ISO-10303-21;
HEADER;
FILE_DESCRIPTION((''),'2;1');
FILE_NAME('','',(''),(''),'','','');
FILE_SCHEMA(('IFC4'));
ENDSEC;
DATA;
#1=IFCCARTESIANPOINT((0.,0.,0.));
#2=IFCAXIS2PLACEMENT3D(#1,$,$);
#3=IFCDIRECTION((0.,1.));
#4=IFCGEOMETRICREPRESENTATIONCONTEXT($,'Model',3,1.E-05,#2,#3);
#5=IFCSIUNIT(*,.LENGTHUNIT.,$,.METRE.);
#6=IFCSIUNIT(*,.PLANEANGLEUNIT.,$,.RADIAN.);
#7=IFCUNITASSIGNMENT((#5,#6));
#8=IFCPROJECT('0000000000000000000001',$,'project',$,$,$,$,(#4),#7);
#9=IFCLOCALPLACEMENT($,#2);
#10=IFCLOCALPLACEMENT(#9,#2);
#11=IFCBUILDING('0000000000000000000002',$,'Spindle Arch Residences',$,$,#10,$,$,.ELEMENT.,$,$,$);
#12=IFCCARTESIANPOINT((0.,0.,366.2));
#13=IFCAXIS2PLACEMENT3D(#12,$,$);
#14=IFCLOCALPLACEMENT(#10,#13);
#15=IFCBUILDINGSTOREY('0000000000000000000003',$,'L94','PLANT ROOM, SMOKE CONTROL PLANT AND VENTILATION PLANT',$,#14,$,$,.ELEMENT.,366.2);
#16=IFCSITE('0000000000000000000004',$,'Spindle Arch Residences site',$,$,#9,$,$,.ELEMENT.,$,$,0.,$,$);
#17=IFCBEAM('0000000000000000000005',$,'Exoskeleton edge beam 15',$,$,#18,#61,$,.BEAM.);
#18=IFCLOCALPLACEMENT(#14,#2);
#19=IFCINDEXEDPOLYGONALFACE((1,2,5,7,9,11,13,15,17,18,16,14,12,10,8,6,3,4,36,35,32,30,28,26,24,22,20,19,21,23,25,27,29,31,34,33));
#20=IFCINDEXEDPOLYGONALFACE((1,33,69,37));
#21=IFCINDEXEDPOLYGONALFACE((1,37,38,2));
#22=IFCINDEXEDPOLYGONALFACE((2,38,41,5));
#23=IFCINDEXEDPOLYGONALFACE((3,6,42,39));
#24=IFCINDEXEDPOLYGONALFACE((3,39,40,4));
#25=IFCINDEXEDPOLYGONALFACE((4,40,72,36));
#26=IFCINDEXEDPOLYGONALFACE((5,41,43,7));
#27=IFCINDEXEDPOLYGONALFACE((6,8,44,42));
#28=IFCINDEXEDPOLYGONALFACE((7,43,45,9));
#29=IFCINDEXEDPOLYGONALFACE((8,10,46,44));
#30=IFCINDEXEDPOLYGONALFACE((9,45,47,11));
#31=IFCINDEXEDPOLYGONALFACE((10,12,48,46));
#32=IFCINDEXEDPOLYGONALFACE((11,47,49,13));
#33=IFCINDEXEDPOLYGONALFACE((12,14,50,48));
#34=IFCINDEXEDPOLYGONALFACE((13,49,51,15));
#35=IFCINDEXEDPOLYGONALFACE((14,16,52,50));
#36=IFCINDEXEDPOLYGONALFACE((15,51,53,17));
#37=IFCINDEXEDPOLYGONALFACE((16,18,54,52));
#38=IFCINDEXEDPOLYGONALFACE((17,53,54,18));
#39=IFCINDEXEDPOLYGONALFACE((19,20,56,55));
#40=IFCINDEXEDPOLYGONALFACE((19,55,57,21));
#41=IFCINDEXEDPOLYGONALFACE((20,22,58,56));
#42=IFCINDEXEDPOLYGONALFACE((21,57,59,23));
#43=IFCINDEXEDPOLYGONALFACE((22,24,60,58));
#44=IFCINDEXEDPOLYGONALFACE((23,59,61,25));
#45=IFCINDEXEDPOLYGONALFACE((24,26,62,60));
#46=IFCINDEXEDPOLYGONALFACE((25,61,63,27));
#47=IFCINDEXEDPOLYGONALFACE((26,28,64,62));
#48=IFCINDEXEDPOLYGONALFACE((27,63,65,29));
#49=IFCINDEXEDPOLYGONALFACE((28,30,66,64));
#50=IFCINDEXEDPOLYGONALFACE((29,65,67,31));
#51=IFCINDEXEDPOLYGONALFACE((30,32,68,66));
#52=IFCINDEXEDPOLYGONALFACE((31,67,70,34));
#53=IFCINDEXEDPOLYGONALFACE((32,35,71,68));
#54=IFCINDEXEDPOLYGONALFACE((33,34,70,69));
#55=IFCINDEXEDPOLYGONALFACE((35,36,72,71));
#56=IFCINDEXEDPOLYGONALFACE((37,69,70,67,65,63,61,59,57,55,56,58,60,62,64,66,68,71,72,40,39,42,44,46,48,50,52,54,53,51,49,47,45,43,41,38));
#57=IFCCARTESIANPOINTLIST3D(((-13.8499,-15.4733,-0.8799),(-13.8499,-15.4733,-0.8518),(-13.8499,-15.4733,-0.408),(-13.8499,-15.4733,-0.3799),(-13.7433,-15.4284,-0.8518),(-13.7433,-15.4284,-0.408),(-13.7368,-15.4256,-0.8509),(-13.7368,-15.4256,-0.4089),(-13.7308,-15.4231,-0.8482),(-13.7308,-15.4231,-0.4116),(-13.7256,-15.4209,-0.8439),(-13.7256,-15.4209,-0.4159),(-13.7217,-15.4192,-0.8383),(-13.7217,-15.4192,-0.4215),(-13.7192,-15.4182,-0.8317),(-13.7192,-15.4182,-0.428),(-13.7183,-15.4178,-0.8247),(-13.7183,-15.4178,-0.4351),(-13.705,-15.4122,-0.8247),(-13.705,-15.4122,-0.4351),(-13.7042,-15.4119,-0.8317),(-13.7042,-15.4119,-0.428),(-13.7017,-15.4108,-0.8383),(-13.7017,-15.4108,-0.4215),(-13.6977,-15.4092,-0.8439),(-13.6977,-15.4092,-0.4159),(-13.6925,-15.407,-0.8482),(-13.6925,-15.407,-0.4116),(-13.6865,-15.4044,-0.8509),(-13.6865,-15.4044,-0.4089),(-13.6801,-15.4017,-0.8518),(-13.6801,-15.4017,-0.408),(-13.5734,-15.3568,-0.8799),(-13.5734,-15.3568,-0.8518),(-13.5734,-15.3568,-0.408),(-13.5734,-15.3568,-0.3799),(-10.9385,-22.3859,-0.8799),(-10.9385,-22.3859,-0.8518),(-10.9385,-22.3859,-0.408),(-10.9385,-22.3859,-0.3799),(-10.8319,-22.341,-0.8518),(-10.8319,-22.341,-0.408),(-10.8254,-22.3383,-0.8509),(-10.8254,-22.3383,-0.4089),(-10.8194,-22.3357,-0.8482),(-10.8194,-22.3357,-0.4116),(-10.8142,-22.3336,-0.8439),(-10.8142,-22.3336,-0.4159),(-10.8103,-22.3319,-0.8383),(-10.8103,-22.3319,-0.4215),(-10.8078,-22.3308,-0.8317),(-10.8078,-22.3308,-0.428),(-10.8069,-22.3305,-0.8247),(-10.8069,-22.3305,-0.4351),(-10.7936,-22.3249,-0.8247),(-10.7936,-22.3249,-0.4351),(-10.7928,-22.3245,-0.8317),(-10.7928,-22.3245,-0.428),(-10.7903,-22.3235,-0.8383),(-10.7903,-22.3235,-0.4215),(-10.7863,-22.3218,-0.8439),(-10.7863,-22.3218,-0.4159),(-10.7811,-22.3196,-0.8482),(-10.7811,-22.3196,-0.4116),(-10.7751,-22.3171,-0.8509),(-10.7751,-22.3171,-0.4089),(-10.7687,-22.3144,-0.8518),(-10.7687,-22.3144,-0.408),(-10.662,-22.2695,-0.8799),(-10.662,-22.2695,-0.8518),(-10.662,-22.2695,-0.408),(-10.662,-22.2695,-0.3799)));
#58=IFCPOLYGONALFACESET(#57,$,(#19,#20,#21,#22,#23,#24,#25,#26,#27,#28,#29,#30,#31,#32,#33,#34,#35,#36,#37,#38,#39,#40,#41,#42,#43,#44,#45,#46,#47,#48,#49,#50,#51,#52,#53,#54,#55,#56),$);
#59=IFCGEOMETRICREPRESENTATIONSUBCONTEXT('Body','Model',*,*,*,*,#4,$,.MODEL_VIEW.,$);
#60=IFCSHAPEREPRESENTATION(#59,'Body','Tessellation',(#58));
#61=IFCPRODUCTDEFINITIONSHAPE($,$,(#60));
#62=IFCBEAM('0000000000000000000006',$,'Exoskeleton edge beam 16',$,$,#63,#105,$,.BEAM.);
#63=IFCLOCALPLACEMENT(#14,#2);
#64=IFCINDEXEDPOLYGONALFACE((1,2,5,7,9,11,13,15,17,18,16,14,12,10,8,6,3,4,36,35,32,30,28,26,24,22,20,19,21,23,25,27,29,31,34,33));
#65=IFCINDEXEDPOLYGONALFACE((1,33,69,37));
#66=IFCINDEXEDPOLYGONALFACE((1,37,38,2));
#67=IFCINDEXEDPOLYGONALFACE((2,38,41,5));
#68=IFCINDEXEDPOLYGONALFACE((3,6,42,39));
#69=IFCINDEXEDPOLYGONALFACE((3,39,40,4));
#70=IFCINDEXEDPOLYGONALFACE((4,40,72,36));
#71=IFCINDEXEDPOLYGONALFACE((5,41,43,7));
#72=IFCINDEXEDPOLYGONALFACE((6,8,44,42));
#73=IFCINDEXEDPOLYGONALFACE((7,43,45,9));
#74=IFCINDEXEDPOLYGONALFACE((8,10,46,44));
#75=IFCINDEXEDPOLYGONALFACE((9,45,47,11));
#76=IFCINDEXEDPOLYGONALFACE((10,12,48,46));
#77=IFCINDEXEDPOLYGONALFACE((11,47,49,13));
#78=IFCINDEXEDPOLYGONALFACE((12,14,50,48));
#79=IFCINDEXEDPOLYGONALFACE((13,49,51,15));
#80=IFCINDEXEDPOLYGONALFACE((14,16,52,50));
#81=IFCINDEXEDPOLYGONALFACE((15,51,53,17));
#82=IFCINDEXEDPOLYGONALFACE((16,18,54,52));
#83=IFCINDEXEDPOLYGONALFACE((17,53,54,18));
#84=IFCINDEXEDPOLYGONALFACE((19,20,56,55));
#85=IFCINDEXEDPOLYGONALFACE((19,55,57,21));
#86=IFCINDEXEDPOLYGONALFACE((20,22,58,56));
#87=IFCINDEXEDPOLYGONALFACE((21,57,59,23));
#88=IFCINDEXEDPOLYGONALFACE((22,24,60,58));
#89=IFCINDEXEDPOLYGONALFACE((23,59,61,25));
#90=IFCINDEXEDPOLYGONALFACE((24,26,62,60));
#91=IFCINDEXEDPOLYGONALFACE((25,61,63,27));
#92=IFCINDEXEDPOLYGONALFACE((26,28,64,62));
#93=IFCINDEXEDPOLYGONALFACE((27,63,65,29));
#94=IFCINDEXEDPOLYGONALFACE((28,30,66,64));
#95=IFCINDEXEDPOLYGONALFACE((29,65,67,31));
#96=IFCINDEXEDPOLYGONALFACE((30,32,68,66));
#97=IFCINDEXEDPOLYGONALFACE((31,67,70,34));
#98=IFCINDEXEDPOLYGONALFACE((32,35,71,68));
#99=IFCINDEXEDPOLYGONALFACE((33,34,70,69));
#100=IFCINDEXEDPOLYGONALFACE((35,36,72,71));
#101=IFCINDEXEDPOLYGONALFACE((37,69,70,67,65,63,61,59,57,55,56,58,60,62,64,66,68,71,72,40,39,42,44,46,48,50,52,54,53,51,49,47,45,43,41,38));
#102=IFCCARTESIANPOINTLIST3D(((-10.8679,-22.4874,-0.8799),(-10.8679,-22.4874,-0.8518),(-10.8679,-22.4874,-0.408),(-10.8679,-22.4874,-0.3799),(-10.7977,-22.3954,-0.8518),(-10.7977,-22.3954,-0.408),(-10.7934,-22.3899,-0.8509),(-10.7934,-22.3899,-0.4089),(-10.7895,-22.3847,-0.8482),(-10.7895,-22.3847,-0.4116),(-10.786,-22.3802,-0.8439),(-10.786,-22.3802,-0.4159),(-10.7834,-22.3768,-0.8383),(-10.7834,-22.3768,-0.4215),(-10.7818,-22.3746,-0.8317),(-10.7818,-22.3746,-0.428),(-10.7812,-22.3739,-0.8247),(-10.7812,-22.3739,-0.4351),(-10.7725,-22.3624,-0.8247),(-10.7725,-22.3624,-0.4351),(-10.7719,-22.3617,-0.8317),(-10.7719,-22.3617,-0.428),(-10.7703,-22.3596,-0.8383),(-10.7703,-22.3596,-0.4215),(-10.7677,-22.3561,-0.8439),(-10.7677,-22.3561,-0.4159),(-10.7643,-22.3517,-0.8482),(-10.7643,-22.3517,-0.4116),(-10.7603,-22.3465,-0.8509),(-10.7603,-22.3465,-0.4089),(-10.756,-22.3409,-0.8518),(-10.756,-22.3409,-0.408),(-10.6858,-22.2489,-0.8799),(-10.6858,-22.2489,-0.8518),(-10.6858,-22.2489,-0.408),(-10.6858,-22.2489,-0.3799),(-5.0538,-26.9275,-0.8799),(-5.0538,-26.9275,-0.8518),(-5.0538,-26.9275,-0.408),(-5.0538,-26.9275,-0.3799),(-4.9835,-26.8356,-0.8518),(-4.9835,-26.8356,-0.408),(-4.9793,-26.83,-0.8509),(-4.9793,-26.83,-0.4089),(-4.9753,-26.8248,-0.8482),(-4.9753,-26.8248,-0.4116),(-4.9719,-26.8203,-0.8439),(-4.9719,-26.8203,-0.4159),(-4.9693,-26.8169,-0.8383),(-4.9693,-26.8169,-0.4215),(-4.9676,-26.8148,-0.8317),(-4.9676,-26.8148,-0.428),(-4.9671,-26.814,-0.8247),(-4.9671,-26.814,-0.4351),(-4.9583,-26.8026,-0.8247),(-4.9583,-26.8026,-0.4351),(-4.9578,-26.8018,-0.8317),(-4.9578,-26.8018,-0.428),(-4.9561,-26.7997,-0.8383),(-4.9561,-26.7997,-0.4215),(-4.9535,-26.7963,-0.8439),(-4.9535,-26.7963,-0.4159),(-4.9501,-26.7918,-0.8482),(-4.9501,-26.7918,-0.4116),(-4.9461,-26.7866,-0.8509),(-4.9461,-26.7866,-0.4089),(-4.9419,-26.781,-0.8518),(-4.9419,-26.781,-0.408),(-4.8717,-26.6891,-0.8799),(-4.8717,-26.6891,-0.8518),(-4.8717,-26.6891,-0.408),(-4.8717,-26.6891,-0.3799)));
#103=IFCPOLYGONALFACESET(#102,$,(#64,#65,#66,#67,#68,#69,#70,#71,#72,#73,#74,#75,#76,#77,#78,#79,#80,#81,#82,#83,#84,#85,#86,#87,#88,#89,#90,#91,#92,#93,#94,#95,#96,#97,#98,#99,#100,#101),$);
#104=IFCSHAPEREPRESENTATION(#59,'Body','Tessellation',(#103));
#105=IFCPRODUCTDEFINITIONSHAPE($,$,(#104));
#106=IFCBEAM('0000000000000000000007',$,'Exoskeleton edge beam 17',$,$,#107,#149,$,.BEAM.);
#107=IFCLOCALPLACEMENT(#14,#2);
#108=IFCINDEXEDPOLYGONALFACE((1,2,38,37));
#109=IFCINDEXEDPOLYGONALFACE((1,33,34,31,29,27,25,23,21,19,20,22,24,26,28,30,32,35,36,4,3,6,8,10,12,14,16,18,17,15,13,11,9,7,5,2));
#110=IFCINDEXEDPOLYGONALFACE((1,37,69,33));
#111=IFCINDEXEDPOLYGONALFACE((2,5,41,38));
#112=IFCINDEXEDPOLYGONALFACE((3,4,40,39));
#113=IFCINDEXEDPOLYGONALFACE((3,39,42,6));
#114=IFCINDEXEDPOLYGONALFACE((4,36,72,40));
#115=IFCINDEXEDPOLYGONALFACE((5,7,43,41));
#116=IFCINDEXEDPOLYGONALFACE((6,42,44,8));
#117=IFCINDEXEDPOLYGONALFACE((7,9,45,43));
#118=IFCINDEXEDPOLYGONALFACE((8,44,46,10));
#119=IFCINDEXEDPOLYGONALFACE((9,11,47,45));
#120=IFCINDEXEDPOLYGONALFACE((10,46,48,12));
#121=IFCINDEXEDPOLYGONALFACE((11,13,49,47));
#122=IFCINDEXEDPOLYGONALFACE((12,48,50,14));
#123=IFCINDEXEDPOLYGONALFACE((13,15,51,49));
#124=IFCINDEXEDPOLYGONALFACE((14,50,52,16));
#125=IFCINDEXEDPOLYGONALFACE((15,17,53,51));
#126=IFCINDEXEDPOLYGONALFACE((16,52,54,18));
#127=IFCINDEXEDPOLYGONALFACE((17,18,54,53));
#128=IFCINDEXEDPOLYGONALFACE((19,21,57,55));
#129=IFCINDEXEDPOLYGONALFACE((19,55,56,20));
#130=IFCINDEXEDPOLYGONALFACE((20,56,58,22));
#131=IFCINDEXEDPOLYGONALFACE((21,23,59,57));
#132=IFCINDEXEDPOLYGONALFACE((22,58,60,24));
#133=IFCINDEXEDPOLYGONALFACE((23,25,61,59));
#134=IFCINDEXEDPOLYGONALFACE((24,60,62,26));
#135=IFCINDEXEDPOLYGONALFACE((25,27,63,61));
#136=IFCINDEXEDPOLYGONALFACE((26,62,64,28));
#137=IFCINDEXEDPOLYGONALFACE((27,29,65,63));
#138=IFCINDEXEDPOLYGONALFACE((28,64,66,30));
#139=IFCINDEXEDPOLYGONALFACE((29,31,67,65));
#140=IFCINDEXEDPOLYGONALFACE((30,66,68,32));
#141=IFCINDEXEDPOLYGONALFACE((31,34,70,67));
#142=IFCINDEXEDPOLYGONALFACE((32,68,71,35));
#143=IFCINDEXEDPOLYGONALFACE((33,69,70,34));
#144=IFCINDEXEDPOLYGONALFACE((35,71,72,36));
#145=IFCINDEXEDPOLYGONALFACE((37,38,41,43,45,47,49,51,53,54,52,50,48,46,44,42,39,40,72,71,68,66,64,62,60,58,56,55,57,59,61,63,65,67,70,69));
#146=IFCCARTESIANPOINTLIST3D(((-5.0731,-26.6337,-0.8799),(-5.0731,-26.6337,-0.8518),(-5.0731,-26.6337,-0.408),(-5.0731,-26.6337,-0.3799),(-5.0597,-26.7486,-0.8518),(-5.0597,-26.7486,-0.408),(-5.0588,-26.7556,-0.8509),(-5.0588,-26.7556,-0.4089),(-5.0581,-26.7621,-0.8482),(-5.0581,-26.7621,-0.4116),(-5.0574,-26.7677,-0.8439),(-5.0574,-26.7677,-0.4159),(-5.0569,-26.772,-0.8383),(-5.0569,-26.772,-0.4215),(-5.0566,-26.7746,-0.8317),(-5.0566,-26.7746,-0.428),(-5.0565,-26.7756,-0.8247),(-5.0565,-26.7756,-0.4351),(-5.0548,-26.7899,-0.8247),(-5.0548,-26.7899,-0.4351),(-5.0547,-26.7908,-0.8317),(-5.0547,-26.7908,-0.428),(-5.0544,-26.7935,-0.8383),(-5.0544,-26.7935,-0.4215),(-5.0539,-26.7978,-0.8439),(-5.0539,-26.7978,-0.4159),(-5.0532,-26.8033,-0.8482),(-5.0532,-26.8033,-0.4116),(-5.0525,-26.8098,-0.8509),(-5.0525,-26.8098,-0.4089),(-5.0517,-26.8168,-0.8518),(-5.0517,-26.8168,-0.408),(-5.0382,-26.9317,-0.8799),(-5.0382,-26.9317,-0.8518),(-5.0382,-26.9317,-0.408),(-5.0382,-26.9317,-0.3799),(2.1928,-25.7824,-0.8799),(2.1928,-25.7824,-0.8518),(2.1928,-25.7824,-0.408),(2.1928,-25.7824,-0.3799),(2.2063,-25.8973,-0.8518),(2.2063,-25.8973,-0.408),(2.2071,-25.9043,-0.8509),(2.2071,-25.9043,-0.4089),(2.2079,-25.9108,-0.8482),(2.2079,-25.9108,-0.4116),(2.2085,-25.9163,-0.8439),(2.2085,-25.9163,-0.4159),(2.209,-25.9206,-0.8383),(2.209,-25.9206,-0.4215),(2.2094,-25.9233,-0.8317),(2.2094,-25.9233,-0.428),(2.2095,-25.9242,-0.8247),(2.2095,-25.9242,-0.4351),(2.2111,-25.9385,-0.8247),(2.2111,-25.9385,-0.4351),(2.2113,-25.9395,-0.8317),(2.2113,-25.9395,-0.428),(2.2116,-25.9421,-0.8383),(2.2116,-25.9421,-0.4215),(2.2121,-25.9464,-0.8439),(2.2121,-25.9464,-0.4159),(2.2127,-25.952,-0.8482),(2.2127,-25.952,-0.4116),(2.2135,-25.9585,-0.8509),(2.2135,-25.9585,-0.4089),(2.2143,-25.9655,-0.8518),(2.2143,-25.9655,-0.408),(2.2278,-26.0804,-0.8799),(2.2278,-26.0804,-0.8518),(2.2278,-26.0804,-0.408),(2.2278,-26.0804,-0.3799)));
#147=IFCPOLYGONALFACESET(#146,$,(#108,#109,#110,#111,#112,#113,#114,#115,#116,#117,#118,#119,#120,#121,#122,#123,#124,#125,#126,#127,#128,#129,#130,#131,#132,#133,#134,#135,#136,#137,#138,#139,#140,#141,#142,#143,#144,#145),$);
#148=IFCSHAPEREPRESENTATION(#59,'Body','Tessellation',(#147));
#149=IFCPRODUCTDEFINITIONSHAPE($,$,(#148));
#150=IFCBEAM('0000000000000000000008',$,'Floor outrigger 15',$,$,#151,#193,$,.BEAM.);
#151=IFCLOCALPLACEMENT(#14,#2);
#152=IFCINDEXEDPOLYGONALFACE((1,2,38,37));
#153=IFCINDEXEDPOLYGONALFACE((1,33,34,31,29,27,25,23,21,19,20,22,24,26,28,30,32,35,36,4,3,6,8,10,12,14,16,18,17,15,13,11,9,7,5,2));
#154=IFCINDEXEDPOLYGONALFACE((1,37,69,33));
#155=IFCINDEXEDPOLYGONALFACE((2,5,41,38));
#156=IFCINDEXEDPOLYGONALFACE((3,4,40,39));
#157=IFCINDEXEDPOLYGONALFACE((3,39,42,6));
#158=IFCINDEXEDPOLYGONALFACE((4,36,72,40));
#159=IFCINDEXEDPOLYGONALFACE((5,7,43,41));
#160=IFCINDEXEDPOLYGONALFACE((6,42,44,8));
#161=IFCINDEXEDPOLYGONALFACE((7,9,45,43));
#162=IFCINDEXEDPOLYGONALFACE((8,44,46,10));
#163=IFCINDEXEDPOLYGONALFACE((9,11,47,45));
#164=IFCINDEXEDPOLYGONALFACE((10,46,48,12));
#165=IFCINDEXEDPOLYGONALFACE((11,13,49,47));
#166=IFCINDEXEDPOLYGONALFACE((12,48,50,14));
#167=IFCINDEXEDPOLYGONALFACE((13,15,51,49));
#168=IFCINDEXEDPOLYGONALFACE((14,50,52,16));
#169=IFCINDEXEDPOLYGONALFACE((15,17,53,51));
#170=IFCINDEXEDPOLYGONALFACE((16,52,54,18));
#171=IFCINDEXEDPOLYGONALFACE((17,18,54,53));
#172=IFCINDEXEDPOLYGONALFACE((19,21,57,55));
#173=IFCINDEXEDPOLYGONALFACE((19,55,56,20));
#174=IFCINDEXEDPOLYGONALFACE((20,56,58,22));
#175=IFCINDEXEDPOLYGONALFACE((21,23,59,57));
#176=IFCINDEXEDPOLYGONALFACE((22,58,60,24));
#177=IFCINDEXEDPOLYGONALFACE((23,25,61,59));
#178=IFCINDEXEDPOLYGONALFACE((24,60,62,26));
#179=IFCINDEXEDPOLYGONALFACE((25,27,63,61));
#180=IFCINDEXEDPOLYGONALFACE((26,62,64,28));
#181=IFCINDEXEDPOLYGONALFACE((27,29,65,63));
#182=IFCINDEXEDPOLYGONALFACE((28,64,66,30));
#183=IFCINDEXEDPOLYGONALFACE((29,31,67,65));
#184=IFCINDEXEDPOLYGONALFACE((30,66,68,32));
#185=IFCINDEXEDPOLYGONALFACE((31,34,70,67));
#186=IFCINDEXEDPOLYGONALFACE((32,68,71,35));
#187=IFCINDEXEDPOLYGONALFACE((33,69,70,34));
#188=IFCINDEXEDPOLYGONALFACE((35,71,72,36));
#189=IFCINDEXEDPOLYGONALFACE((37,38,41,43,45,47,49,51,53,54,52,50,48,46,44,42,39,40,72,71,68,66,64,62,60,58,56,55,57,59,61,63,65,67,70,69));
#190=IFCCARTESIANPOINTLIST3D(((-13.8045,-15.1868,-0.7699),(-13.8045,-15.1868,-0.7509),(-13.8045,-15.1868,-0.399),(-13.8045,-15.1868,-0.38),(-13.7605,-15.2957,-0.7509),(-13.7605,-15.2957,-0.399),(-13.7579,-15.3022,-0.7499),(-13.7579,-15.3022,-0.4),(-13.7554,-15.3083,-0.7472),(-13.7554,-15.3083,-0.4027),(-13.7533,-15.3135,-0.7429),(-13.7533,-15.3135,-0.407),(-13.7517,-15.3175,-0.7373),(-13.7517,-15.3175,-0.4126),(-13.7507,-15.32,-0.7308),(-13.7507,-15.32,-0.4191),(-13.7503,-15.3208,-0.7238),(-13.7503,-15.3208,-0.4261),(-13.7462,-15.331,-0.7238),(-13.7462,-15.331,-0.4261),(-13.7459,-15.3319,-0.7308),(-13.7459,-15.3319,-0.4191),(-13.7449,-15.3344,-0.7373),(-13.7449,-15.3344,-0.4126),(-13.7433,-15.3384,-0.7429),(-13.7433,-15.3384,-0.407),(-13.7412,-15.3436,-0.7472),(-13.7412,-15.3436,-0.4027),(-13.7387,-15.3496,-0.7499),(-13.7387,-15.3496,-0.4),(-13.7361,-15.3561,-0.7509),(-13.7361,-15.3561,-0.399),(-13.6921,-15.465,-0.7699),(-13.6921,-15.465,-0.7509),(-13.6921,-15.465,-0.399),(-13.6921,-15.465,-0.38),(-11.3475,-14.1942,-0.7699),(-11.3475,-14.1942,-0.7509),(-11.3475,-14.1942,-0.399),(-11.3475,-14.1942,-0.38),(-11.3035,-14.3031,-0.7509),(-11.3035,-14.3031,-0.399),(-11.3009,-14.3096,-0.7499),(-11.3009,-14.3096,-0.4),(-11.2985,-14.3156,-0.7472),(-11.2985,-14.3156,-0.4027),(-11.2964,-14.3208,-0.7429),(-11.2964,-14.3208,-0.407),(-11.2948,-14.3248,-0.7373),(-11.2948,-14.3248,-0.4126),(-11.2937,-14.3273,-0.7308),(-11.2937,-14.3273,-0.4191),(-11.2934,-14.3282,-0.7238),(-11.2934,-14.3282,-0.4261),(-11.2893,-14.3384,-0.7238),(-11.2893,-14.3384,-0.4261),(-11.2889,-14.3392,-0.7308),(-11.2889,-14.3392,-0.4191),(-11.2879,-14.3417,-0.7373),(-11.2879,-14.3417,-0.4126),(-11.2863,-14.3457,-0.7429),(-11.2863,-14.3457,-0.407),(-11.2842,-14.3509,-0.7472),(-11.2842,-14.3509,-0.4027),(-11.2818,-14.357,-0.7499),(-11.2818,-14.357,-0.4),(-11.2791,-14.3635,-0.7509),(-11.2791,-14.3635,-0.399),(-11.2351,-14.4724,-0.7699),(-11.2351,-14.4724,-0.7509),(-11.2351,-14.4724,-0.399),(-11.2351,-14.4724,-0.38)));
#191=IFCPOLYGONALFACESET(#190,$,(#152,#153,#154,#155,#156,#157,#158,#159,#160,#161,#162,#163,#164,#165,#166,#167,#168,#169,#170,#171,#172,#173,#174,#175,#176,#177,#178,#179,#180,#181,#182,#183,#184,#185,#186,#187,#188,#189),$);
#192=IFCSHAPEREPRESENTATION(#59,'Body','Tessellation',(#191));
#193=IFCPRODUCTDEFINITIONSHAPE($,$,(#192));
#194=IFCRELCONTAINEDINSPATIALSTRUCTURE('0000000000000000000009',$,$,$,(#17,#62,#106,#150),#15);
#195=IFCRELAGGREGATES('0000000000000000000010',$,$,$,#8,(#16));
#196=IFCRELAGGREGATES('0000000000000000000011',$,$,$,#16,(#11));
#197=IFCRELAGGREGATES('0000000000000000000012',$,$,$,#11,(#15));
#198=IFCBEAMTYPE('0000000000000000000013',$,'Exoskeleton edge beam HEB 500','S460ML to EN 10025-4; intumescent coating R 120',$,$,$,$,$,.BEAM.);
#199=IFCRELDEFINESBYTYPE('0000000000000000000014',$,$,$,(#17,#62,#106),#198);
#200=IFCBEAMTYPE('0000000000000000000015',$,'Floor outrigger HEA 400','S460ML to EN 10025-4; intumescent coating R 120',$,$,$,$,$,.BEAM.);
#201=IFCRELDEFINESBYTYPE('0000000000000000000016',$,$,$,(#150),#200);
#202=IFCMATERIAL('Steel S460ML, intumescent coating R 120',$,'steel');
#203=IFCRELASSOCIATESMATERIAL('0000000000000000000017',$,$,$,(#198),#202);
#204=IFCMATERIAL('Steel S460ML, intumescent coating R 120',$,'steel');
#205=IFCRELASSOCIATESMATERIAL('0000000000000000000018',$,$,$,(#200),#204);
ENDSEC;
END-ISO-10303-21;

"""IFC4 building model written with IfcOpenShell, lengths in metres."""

from ifc_helpers import new_model, si_unit, direction, frame, origin, origin_2d, place, context, subcontext, project, spatial, i_section, extrude, material, material_profile, profile_set, type_object, element, save


model = new_model("IFC4")

# Units and contexts
model_context = context("Model", 3, precision=1e-05, world=origin(), true_north=direction((0.0, 1.0)))
body_context = subcontext(model_context, "Body", "Model", "MODEL_VIEW")
ifc_project = project(units=[si_unit("LENGTHUNIT", "METRE"), si_unit("PLANEANGLEUNIT", "RADIAN")], contexts=[model_context])

# Site, building, storey
site_placement = place(None, origin())
site = spatial("IfcSite", under=ifc_project, at=site_placement, Name="Spindle Arch Residences site", CompositionType="ELEMENT", RefElevation=0.0)
building_placement = place(site_placement, origin())
building = spatial("IfcBuilding", under=site, at=building_placement, Name="Spindle Arch Residences", CompositionType="ELEMENT")
storey_placement = place(building_placement, frame((0.0, 0.0, 366.2)))
storey = spatial("IfcBuildingStorey", under=building, at=storey_placement, Name="L94", Description="PLANT ROOM, SMOKE CONTROL PLANT AND VENTILATION PLANT", CompositionType="ELEMENT", Elevation=366.2)

# Beams
ifc_material_1 = material(Name="Steel S460ML, intumescent coating R 120", Category="steel")
ifc_material_profile_1 = material_profile(ifc_material_1, i_section(OverallWidth=0.3, OverallDepth=0.5, WebThickness=0.0144, FlangeThickness=0.0281, FilletRadius=0.0271, at=origin_2d()), Name="HEB 500")
ifc_profile_set_1 = profile_set([ifc_material_profile_1], Name="Steel S460ML, intumescent coating R 120")
beam_type_1 = type_object("IfcBeamType", Name="Exoskeleton edge beam HEB 500", Description="S460ML to EN 10025-4; intumescent coating R 120", PredefinedType="BEAM", material=ifc_profile_set_1)
beam_1_placement = place(storey_placement, frame((-13.7117, -15.415, -0.6299), z_axis=(0.388149, -0.921597, 0.0), x_axis=(0.921597, 0.388149, 0.0)))
element("IfcBeam", 1, at=beam_1_placement, inside=storey, type_object=beam_type_1, Name="Exoskeleton edge beam 15", PredefinedType="BEAM", context=body_context, shape_type="SweptSolid", body=[
    extrude(i_section(OverallWidth=0.3, OverallDepth=0.5, WebThickness=0.0144, FlangeThickness=0.0281, FilletRadius=0.0271, at=origin_2d()), origin(), (0.0, 0.0, 1.0), 7.5007),
])
for number, where, z_axis, x_axis, name in (
    (2, (-10.7769, -22.3682, -0.6299), (0.794752, -0.606935, 0.0), (0.606935, 0.794752, 0.0), "Exoskeleton edge beam 16"),
    (3, (-5.0557, -26.7827, -0.6299), (0.993206, 0.116371, 0.0), (-0.116371, 0.993206, 0.0), "Exoskeleton edge beam 17"),
):
    element("IfcBeam", number, at=place(storey_placement, frame(where, z_axis=z_axis, x_axis=x_axis)), inside=storey, type_object=beam_type_1, Name=name, PredefinedType="BEAM", context=body_context, shape_type="SweptSolid", body=[
        extrude(i_section(OverallWidth=0.3, OverallDepth=0.5, WebThickness=0.0144, FlangeThickness=0.0281, FilletRadius=0.0271, at=origin_2d()), origin(), (0.0, 0.0, 1.0), 7.3157),
    ])
ifc_material_2 = material(Name="Steel S460ML, intumescent coating R 120", Category="steel")
ifc_material_profile_2 = material_profile(ifc_material_2, i_section(OverallWidth=0.3, OverallDepth=0.3899, WebThickness=0.011, FlangeThickness=0.019, FilletRadius=0.0271, at=origin_2d()), Name="HEA 400")
ifc_profile_set_2 = profile_set([ifc_material_profile_2], Name="Steel S460ML, intumescent coating R 120")
beam_type_2 = type_object("IfcBeamType", Name="Floor outrigger HEA 400", Description="S460ML to EN 10025-4; intumescent coating R 120", PredefinedType="BEAM", material=ifc_profile_set_2)
beam_2_placement = place(storey_placement, frame((-13.7483, -15.3259, -0.575), z_axis=(0.927188, 0.374597, 0.0), x_axis=(-0.374597, 0.927188, 0.0)))
element("IfcBeam", 4, at=beam_2_placement, inside=storey, type_object=beam_type_2, Name="Floor outrigger 15", PredefinedType="BEAM", context=body_context, shape_type="SweptSolid", body=[
    extrude(i_section(OverallWidth=0.3, OverallDepth=0.3899, WebThickness=0.011, FlangeThickness=0.019, FilletRadius=0.0271, at=origin_2d()), origin(), (0.0, 0.0, 1.0), 2.6499),
])

save(model, "model.ifc")
